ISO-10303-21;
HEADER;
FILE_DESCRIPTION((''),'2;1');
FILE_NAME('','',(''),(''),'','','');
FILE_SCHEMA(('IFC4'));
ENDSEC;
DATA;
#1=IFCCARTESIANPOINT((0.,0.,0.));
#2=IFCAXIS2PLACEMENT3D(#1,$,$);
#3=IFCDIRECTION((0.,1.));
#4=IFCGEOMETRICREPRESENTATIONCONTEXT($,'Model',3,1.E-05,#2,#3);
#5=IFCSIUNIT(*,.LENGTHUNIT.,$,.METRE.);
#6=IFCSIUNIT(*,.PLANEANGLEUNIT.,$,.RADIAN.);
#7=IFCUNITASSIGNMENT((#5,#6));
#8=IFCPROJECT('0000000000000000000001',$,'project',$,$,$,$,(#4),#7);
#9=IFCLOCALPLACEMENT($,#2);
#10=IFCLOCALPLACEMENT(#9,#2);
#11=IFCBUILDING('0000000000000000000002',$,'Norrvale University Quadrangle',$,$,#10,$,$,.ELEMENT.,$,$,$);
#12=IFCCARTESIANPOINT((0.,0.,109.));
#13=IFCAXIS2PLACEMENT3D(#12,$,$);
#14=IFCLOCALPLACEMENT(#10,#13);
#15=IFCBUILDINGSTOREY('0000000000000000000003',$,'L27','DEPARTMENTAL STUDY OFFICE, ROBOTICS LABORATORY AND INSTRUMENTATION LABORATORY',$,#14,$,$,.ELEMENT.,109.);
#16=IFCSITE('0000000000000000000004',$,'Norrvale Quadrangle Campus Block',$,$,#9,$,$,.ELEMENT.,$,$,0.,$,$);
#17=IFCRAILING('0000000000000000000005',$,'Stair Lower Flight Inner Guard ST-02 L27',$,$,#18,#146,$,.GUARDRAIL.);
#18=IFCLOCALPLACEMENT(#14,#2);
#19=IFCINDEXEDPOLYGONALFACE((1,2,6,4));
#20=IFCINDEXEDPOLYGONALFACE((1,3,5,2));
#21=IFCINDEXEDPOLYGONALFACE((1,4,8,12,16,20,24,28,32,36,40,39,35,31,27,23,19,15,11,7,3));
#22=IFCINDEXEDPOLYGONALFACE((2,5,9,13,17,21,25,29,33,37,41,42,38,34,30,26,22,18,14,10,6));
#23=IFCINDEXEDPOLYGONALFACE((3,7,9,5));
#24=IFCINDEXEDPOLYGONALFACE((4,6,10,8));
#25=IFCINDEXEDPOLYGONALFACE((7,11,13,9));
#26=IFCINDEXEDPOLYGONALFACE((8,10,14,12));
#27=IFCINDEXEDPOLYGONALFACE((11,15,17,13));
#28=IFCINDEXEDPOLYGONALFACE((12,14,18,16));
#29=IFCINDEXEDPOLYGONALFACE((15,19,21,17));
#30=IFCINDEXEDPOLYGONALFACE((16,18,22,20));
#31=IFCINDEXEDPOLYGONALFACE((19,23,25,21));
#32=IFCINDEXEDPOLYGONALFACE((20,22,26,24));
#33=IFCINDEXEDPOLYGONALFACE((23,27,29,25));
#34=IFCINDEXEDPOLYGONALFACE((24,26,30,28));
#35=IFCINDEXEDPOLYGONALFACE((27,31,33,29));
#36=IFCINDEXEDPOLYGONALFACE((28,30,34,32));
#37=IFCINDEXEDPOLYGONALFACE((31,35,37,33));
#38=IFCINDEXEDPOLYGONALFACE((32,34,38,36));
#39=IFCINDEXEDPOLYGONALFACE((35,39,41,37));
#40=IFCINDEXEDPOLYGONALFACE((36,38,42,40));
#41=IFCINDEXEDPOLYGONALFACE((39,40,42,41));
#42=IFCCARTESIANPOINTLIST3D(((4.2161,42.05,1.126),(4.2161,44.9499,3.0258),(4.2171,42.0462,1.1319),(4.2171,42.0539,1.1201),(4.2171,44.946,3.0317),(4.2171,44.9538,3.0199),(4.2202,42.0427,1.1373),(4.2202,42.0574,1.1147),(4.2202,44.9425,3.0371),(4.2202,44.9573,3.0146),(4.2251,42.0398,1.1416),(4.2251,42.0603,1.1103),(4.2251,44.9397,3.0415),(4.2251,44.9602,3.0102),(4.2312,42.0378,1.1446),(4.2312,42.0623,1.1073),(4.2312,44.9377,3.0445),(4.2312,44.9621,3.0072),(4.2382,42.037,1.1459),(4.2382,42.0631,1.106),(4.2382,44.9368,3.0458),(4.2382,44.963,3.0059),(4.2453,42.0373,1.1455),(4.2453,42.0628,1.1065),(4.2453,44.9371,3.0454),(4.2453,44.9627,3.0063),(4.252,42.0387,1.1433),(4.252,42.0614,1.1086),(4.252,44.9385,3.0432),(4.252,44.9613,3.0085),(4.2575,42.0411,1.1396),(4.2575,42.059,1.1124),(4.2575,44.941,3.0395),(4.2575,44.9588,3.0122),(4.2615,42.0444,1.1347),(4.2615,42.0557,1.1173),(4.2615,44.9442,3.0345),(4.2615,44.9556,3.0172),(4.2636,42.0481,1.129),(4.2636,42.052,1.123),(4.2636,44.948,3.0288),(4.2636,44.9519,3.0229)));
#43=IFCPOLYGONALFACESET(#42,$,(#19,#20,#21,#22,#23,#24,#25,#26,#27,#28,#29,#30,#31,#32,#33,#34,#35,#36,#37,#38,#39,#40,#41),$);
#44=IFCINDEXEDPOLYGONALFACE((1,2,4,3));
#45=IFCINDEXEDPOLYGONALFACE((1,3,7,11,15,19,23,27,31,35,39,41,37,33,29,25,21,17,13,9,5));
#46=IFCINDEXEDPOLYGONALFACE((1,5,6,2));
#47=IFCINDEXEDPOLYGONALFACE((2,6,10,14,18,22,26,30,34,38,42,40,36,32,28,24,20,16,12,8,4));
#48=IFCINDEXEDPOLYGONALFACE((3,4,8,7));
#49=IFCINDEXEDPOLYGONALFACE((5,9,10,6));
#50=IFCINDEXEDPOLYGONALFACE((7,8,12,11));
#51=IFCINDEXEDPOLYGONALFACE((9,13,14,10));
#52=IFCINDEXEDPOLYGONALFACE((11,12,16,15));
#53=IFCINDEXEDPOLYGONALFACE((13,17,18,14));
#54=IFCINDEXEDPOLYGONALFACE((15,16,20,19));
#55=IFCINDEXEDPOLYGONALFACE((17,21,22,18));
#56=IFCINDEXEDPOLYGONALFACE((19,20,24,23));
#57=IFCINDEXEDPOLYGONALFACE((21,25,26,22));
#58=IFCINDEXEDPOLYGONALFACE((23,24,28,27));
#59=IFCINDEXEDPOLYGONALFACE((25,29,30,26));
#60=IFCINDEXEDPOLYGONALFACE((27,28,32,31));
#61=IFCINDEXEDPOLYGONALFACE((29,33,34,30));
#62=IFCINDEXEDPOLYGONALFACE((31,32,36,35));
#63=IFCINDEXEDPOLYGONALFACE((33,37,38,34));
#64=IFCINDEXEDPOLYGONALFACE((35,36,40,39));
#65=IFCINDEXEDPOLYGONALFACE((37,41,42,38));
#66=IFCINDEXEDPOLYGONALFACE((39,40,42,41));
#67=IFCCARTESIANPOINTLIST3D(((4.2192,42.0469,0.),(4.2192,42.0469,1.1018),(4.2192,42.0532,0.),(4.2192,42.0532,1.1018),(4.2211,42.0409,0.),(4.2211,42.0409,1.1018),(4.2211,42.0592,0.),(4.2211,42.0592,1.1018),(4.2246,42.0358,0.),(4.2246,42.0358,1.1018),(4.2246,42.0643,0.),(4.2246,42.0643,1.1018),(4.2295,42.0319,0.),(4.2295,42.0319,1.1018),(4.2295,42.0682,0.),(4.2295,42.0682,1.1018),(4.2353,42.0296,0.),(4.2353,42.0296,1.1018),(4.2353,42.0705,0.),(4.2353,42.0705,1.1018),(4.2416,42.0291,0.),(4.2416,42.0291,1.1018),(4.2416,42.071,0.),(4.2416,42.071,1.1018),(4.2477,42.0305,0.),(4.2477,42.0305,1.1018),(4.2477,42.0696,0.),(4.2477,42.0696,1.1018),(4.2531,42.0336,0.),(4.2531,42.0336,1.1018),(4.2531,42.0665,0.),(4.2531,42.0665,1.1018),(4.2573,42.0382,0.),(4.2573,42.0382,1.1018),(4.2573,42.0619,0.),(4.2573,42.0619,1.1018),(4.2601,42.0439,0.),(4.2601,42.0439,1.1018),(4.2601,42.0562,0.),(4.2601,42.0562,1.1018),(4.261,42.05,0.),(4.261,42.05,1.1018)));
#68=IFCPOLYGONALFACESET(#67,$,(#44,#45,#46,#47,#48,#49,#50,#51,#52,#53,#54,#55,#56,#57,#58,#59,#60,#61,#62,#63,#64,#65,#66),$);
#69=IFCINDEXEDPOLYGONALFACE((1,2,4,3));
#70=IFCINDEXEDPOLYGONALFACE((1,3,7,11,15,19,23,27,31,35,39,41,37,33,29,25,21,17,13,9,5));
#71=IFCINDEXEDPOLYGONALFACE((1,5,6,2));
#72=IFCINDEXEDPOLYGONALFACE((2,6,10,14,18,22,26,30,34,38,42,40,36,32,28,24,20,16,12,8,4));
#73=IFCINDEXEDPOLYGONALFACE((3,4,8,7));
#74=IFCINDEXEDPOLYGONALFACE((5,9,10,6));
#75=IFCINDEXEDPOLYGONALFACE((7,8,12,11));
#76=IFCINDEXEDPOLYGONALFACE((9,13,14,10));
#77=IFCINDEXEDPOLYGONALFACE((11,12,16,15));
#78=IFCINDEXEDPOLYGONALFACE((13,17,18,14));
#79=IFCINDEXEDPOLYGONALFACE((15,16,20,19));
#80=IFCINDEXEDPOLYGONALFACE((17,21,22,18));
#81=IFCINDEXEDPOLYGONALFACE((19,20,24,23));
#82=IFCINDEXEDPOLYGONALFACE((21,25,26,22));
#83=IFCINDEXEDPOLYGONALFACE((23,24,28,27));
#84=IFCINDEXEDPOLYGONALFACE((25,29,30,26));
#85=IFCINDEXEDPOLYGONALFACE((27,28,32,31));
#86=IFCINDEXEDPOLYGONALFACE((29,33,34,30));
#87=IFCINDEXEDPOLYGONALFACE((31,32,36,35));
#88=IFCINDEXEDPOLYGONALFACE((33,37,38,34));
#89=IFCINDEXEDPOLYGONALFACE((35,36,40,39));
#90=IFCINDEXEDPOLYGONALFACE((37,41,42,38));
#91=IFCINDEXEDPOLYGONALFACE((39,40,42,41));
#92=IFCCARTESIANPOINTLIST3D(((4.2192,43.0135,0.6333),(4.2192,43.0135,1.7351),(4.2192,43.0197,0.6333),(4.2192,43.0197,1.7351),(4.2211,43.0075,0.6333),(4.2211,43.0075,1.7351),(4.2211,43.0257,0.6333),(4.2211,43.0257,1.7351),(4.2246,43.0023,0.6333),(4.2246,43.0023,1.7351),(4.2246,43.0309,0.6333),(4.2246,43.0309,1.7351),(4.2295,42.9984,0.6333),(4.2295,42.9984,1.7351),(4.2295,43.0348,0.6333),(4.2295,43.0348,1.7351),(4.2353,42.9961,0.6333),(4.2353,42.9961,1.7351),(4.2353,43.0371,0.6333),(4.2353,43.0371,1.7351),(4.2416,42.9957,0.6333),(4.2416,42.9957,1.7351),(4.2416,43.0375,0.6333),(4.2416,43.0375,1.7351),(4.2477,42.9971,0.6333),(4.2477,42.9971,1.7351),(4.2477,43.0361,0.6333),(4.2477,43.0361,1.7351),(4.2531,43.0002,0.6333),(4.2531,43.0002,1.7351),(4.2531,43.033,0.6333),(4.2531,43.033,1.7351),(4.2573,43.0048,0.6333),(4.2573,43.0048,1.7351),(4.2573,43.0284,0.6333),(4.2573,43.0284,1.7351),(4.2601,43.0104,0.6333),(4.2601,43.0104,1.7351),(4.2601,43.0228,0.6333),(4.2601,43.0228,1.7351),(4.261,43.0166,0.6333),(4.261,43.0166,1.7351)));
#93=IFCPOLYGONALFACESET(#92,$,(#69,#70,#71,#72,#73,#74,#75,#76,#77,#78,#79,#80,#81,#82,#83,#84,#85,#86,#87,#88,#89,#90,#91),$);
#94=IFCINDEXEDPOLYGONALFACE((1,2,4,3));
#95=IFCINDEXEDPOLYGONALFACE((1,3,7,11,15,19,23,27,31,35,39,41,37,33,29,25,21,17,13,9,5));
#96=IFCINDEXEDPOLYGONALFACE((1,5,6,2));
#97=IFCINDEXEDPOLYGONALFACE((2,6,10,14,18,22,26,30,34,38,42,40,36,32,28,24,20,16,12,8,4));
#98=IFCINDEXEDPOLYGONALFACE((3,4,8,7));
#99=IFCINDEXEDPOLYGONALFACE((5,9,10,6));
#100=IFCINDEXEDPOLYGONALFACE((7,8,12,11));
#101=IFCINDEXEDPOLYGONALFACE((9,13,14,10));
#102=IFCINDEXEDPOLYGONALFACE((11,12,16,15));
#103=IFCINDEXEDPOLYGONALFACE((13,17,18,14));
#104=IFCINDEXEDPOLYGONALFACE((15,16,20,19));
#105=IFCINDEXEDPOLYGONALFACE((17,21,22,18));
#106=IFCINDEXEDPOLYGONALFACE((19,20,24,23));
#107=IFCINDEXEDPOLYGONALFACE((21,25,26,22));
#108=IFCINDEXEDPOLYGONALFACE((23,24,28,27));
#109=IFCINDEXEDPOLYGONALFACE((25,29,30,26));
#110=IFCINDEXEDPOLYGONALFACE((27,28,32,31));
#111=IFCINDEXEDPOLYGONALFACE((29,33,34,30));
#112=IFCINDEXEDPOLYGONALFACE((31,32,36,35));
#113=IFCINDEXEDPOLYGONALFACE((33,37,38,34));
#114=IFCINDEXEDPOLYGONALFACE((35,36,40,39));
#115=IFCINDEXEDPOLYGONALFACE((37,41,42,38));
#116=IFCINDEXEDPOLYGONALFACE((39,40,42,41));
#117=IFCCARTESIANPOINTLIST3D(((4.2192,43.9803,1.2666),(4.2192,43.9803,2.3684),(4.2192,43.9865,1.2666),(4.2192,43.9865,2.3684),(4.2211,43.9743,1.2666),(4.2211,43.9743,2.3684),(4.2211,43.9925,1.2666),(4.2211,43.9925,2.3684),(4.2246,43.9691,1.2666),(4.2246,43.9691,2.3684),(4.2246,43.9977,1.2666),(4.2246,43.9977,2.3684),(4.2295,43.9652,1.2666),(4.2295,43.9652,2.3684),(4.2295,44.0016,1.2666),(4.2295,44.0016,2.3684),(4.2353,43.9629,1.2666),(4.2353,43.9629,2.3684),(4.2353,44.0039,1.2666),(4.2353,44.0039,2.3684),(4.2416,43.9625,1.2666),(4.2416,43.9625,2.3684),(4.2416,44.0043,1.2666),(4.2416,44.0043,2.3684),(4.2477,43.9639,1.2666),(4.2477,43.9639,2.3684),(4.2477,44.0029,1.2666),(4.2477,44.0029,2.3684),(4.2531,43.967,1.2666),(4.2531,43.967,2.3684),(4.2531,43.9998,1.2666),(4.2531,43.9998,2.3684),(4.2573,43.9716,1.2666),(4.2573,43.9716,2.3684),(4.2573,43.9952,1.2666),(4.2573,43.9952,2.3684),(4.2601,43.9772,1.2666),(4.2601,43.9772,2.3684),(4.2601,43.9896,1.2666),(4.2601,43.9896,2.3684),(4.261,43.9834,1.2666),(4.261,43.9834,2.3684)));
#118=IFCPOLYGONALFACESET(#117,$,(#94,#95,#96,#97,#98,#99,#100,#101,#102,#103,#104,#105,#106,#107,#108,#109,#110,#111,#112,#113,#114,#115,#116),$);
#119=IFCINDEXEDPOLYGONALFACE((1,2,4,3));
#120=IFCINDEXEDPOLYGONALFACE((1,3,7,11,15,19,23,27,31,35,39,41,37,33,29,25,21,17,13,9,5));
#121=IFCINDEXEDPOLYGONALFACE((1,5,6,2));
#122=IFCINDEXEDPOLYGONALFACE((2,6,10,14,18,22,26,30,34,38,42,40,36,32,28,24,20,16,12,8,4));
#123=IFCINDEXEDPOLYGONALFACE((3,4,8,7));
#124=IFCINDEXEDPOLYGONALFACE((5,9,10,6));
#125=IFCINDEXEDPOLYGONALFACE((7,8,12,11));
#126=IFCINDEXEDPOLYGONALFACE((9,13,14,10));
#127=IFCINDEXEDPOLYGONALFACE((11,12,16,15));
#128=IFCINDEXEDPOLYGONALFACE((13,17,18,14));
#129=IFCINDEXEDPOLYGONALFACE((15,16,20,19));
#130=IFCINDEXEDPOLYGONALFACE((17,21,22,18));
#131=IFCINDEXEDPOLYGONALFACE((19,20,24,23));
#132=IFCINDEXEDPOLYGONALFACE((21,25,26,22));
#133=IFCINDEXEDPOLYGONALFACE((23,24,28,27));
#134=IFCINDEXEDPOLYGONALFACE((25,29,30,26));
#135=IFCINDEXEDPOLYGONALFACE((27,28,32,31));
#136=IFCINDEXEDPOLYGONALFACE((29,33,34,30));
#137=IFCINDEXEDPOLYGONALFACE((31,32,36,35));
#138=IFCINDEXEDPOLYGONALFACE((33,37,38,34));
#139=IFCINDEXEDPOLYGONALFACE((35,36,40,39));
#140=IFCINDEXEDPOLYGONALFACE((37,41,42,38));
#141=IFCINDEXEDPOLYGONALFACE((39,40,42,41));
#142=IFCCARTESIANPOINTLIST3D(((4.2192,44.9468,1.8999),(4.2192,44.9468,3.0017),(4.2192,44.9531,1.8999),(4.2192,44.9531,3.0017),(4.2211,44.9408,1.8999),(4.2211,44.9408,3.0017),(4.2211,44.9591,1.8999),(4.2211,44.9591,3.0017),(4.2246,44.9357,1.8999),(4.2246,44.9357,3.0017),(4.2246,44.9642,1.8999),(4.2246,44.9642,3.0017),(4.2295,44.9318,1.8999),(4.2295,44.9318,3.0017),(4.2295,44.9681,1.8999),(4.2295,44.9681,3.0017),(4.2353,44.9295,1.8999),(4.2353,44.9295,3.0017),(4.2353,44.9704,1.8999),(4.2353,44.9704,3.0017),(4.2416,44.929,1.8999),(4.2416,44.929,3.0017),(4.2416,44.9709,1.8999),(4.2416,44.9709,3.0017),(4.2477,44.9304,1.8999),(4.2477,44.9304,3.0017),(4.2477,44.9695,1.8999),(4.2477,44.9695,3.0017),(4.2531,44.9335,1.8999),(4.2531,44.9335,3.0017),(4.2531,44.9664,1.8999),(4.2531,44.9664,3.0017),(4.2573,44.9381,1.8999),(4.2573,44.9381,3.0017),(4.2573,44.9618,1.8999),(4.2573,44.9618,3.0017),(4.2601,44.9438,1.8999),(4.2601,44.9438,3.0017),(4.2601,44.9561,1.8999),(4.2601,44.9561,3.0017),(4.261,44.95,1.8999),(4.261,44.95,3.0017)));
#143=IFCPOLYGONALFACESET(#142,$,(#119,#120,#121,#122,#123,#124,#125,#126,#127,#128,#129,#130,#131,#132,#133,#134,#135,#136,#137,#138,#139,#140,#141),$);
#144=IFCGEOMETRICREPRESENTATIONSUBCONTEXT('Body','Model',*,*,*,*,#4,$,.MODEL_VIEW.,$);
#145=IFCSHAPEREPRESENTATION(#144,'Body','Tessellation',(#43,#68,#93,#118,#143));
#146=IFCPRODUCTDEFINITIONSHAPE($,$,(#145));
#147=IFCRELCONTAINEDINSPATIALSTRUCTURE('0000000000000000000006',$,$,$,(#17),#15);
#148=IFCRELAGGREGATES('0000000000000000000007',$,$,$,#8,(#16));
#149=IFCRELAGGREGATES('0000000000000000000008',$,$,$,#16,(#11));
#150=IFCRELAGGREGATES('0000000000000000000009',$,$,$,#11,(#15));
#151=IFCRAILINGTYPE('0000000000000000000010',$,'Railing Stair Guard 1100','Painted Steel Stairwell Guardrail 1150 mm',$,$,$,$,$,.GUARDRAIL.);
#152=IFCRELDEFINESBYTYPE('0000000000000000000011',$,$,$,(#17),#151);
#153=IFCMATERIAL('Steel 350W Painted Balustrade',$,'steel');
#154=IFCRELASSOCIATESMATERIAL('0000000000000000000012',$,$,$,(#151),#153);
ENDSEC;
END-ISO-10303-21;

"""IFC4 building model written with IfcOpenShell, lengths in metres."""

from ifc_helpers import new_model, si_unit, direction, frame, origin, origin_2d, place, context, subcontext, project, spatial, circle, extrude, material, type_object, element, save


model = new_model("IFC4")

# Units and contexts
model_context = context("Model", 3, precision=1e-05, world=origin(), true_north=direction((0.0, 1.0)))
body_context = subcontext(model_context, "Body", "Model", "MODEL_VIEW")
ifc_project = project(units=[si_unit("LENGTHUNIT", "METRE"), si_unit("PLANEANGLEUNIT", "RADIAN")], contexts=[model_context])

# Site, building, storey
site_placement = place(None, origin())
site = spatial("IfcSite", under=ifc_project, at=site_placement, Name="Norrvale Quadrangle Campus Block", CompositionType="ELEMENT", RefElevation=0.0)
building_placement = place(site_placement, origin())
building = spatial("IfcBuilding", under=site, at=building_placement, Name="Norrvale University Quadrangle", CompositionType="ELEMENT")
storey_placement = place(building_placement, frame((0.0, 0.0, 109.0)))
storey = spatial("IfcBuildingStorey", under=building, at=storey_placement, Name="L27", Description="DEPARTMENTAL STUDY OFFICE, ROBOTICS LABORATORY AND INSTRUMENTATION LABORATORY", CompositionType="ELEMENT", Elevation=109.0)

# Railing
ifc_material_1 = material(Name="Steel 350W Painted Balustrade", Category="steel")
railing_type_1 = type_object("IfcRailingType", Name="Railing Stair Guard 1100", Description="Painted Steel Stairwell Guardrail 1150 mm", PredefinedType="GUARDRAIL", material=ifc_material_1)
railing_1_placement = place(storey_placement, frame((4.24, 42.05, 0.0)))
element("IfcRailing", 1, at=railing_1_placement, inside=storey, type_object=railing_type_1, Name="Stair Lower Flight Inner Guard ST-02 L27", PredefinedType="GUARDRAIL", context=body_context, shape_type="SweptSolid", body=[
    extrude(circle(Radius=0.0239, at=origin_2d()), frame((0.0, 0.0, 1.126), z_axis=(0.0, 0.836466, 0.548019), x_axis=(-1.0, 0.0, 0.0)), (0.0, 0.0, 1.0), 3.4668),
    extrude(circle(Radius=0.021, at=origin_2d()), origin(), (0.0, 0.0, 1.0), 1.1018),
    extrude(circle(Radius=0.021, at=origin_2d()), frame((0.0, 0.9666, 0.6333)), (0.0, 0.0, 1.0), 1.1018),
    extrude(circle(Radius=0.021, at=origin_2d()), frame((0.0, 1.9333, 1.2666)), (0.0, 0.0, 1.0), 1.1018),
    extrude(circle(Radius=0.021, at=origin_2d()), frame((0.0, 2.8999, 1.8999)), (0.0, 0.0, 1.0), 1.1018),
])

save(model, "model.ifc")
